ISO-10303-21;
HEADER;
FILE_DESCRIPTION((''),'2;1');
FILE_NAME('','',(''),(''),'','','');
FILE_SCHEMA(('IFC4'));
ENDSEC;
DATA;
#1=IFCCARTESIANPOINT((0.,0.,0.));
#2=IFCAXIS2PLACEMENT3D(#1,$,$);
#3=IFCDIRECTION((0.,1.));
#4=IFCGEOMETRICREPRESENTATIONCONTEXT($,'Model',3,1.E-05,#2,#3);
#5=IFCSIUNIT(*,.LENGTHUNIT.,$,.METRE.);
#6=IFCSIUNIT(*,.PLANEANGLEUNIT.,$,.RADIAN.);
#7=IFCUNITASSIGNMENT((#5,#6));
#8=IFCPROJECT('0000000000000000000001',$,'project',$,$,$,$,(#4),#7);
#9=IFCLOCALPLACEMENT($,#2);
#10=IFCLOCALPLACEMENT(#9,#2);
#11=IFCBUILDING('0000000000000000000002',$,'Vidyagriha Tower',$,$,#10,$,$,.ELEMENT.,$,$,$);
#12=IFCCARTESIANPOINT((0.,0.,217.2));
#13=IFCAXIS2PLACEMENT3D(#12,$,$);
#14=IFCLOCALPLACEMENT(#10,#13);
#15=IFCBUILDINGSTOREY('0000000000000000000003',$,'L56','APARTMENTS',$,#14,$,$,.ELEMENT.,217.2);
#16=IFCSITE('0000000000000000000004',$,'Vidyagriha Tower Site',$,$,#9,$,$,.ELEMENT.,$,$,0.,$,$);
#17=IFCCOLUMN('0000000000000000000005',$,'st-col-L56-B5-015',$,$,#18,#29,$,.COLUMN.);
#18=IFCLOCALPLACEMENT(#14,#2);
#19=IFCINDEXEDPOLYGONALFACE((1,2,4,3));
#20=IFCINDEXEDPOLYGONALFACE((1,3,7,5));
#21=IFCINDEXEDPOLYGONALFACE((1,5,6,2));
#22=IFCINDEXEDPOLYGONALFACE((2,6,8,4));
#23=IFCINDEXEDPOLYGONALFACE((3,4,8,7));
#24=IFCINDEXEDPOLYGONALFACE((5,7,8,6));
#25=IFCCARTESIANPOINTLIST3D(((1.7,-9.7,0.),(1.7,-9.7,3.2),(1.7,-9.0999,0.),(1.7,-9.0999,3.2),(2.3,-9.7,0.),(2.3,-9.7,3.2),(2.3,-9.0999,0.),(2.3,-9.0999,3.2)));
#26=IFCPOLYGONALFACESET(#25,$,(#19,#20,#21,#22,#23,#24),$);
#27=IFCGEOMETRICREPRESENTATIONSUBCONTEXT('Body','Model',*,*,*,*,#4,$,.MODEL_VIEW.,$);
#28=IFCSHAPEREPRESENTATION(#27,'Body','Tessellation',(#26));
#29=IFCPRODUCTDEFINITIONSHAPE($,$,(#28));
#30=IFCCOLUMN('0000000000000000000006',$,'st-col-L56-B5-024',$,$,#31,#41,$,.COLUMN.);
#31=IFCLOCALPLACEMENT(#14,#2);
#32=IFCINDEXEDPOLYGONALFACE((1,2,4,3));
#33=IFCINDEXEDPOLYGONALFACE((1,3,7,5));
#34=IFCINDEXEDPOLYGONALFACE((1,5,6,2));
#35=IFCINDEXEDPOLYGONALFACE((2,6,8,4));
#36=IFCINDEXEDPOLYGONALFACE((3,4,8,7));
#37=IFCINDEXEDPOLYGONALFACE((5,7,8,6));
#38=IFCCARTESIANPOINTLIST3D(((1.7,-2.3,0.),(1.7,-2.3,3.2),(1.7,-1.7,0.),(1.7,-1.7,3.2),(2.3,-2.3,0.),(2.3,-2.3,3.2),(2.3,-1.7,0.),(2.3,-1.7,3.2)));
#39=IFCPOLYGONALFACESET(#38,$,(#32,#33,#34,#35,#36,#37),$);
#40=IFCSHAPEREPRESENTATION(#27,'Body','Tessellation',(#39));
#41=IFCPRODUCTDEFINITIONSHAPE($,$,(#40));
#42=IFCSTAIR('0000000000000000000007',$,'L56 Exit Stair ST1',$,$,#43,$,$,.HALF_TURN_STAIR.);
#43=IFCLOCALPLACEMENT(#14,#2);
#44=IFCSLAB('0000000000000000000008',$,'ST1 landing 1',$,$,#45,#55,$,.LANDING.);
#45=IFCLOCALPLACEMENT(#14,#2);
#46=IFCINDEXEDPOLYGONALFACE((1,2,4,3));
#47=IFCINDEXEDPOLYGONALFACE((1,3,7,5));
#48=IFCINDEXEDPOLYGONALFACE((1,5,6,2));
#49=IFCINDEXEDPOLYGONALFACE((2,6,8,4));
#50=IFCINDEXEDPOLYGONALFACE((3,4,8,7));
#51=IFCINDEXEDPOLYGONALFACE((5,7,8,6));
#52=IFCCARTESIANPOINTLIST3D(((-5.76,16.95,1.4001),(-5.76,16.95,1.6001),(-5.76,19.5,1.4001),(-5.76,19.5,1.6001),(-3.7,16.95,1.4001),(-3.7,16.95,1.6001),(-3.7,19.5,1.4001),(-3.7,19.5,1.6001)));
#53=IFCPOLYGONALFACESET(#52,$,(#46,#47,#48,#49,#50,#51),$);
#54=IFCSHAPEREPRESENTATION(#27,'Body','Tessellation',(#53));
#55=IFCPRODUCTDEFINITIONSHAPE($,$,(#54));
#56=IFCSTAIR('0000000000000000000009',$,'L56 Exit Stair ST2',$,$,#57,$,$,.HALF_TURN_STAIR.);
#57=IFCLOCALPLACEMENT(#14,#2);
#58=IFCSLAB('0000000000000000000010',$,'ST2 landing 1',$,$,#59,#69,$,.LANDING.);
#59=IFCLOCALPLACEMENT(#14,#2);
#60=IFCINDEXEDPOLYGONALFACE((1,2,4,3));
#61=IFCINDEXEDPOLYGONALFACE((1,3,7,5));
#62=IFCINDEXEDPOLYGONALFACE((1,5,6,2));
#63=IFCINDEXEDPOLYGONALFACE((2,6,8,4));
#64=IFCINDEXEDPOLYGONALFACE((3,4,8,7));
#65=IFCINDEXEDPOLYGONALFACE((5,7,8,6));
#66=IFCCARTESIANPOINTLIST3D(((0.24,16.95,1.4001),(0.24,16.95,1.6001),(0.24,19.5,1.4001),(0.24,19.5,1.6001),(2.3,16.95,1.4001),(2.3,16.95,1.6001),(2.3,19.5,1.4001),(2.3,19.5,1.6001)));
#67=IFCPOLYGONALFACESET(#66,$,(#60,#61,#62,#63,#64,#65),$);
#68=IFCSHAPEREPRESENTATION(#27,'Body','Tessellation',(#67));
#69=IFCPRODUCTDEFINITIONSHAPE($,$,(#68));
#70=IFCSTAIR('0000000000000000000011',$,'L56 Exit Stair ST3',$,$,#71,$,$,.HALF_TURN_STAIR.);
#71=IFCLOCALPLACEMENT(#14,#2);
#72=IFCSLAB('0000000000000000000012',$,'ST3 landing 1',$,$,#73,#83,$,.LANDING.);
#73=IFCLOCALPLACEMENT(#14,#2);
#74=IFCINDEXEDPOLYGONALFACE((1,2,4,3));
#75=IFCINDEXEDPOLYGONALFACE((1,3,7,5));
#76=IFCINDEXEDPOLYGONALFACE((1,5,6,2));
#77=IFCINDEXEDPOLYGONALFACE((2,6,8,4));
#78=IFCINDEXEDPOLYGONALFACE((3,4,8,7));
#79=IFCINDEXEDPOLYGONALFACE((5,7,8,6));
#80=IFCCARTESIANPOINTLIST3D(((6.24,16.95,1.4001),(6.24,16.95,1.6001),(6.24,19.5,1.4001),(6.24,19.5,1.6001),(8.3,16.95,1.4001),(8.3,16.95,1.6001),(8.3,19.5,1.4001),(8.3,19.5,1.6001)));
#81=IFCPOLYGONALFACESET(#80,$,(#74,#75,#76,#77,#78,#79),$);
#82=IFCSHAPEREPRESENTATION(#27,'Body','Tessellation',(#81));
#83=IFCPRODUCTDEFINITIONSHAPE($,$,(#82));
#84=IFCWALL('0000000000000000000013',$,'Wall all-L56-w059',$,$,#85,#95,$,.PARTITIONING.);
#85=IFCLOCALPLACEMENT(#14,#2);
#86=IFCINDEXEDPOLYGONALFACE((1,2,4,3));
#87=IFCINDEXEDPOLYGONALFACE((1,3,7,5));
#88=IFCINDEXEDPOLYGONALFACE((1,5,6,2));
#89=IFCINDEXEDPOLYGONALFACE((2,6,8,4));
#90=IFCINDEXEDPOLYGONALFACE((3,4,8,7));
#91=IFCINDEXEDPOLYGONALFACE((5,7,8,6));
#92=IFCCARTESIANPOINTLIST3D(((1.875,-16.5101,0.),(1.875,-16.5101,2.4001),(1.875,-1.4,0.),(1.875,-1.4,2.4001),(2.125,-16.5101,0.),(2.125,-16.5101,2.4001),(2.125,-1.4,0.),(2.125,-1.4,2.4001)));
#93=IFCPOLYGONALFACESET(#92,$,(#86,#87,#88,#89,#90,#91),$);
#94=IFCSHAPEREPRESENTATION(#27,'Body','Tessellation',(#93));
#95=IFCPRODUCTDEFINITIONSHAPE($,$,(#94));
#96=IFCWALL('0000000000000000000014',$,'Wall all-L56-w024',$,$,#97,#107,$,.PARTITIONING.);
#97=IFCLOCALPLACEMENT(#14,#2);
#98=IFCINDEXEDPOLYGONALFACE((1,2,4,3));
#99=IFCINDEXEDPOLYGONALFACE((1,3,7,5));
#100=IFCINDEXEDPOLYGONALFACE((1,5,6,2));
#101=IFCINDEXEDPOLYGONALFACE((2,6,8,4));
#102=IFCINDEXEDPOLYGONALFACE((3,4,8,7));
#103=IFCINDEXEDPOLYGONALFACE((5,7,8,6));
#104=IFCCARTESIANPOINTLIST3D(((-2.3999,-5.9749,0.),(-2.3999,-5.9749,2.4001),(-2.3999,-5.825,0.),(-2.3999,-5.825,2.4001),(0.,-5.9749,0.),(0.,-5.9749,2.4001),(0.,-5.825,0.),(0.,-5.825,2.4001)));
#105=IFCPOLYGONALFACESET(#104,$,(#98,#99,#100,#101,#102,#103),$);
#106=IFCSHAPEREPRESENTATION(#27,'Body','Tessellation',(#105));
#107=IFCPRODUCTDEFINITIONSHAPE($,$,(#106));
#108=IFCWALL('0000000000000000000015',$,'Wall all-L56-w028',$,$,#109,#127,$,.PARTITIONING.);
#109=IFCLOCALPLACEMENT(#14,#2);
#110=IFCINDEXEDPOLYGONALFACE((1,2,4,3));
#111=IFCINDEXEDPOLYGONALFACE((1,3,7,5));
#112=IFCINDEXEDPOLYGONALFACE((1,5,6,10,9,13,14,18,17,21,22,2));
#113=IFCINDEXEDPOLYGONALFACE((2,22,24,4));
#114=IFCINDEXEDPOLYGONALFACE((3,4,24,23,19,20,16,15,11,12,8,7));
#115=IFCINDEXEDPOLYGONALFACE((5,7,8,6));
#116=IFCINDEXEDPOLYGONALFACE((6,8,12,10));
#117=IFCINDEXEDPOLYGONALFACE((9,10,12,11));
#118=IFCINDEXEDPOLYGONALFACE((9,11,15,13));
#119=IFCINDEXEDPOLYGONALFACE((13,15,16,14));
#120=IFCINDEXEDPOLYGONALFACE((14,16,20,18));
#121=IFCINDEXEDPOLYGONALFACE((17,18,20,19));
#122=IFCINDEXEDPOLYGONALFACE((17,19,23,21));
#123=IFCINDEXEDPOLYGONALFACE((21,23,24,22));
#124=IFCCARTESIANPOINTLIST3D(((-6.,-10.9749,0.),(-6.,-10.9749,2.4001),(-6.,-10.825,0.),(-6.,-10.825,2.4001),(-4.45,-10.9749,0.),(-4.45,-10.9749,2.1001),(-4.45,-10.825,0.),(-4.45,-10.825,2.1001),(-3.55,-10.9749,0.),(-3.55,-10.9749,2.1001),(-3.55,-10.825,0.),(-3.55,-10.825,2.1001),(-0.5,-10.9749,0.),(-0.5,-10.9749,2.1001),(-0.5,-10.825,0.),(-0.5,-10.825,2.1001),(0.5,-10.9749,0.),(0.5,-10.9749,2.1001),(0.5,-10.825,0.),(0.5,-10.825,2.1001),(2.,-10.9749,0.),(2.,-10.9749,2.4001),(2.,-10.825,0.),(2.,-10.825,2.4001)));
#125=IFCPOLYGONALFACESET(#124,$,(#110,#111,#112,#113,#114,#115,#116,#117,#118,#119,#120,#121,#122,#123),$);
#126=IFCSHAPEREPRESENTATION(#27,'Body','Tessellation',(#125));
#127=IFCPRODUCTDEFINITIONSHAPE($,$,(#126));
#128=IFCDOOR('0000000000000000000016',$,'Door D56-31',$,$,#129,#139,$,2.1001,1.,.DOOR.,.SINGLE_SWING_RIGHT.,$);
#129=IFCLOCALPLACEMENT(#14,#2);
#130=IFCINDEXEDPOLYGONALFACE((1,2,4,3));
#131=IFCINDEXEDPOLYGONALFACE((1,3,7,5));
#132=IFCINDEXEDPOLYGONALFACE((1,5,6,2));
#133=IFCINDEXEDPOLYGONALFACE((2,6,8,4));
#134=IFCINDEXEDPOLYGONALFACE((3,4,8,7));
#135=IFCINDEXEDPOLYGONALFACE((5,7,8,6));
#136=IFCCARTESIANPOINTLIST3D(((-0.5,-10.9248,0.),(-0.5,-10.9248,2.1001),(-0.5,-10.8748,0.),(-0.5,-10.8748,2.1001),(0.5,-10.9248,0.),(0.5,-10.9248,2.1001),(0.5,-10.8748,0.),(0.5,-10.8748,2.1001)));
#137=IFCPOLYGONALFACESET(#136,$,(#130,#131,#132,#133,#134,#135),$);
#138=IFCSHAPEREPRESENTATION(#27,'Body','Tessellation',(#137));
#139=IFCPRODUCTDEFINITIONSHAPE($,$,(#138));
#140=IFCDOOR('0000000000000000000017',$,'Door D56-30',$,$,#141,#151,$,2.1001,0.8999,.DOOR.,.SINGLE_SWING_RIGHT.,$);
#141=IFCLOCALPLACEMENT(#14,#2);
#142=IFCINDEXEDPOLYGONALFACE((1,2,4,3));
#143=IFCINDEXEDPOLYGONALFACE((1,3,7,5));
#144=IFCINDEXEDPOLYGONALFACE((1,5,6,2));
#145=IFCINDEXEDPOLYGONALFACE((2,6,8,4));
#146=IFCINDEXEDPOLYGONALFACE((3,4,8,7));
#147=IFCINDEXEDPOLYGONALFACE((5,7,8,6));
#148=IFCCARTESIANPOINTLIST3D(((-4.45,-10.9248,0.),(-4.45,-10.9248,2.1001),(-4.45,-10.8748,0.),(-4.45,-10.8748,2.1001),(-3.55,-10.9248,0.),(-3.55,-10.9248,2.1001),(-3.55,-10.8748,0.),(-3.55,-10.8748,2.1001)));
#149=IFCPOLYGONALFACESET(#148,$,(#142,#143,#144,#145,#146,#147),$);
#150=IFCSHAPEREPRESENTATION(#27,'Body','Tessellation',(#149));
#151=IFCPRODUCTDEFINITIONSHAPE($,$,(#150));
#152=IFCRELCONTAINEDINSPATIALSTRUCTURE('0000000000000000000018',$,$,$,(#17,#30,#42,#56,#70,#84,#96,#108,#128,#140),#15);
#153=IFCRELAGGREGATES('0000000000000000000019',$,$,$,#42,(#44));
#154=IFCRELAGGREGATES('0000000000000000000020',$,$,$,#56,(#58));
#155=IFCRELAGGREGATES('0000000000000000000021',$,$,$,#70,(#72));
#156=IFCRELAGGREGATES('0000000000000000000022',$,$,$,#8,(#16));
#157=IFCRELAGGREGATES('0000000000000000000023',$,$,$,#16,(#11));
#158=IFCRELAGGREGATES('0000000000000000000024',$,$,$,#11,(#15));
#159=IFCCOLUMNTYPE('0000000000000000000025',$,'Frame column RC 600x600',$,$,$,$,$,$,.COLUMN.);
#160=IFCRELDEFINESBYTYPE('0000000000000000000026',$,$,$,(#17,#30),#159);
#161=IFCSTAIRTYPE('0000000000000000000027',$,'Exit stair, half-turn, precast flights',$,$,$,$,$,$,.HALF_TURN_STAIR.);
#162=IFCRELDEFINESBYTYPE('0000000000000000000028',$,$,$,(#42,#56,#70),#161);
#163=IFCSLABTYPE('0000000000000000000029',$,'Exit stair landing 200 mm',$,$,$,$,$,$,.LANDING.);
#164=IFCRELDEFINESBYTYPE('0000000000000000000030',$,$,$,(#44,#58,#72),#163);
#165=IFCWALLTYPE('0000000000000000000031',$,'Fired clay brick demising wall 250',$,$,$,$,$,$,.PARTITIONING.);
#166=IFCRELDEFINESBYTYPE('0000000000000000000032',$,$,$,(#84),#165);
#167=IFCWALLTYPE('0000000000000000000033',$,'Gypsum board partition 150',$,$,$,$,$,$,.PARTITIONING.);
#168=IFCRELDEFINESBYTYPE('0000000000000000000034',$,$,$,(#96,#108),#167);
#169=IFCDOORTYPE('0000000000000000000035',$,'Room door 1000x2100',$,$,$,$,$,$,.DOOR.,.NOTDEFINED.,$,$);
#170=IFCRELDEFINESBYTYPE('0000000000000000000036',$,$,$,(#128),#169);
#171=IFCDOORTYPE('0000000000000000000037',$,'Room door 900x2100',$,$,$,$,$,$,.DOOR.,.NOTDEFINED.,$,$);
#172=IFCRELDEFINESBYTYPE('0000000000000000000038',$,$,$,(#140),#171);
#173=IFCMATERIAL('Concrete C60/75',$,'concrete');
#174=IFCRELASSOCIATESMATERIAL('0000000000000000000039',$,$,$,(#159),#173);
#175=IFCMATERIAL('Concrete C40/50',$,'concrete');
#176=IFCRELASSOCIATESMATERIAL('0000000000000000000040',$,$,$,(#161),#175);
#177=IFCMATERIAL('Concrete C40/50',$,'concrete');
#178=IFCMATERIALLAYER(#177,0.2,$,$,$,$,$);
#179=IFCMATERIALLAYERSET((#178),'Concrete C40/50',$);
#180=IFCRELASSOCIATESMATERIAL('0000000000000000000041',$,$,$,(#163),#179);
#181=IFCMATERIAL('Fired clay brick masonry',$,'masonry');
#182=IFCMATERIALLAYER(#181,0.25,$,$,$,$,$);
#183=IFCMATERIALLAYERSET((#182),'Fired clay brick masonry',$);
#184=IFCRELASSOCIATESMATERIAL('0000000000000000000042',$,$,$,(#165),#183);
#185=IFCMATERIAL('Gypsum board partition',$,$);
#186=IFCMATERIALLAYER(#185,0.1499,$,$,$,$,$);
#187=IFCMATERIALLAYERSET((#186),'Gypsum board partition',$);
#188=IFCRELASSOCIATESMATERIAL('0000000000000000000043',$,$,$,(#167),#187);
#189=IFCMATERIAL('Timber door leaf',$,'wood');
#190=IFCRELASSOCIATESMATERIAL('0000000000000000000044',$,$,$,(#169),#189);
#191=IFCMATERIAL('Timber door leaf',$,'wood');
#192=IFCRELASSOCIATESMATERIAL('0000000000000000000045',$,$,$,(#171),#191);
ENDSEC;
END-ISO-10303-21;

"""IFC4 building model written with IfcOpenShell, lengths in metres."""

from ifc_helpers import new_model, si_unit, direction, frame, frame_2d, origin, origin_2d, place, context, subcontext, project, spatial, polyline, rectangle, outline, extrude, material, layer, layer_set, material_profile, profile_set, type_object, element, fill, aggregate, save


model = new_model("IFC4")

# Units and contexts
model_context = context("Model", 3, precision=1e-05, world=origin(), true_north=direction((0.0, 1.0)))
body_context = subcontext(model_context, "Body", "Model", "MODEL_VIEW")
ifc_project = project(units=[si_unit("LENGTHUNIT", "METRE"), si_unit("PLANEANGLEUNIT", "RADIAN")], contexts=[model_context])

# Site, building, storey
site_placement = place(None, origin())
site = spatial("IfcSite", under=ifc_project, at=site_placement, Name="Vidyagriha Tower Site", CompositionType="ELEMENT", RefElevation=0.0)
building_placement = place(site_placement, origin())
building = spatial("IfcBuilding", under=site, at=building_placement, Name="Vidyagriha Tower", CompositionType="ELEMENT")
storey_placement = place(building_placement, frame((0.0, 0.0, 217.2)))
storey = spatial("IfcBuildingStorey", under=building, at=storey_placement, Name="L56", Description="APARTMENTS", CompositionType="ELEMENT", Elevation=217.2)

# Columns
ifc_material_1 = material(Name="Concrete C60/75", Category="concrete")
ifc_material_profile = material_profile(ifc_material_1, rectangle(XDim=0.6001, YDim=0.6001, at=origin_2d()), Name="RC 600x600")
ifc_profile_set = profile_set([ifc_material_profile], Name="Concrete C60/75")
column_type = type_object("IfcColumnType", Name="Frame column RC 600x600", PredefinedType="COLUMN", material=ifc_profile_set)
for number, where, name in (
    (1, (2.0, -9.3999, 0.0), "st-col-L56-B5-015"),
    (2, (2.0, -2.0, 0.0), "st-col-L56-B5-024"),
):
    element("IfcColumn", number, at=place(storey_placement, frame(where)), inside=storey, type_object=column_type, Name=name, PredefinedType="COLUMN", context=body_context, shape_type="SweptSolid", body=[
        extrude(rectangle(XDim=0.6001, YDim=0.6001, at=origin_2d()), origin(), (0.0, 0.0, 1.0), 3.2),
    ])

# Stairs, slabs
ifc_material_2 = material(Name="Concrete C40/50", Category="concrete")
stair_type = type_object("IfcStairType", Name="Exit stair, half-turn, precast flights", PredefinedType="HALF_TURN_STAIR", material=ifc_material_2)
stair_1_placement = place(storey_placement, origin())
stair_1 = element("IfcStair", 3, at=stair_1_placement, inside=storey, type_object=stair_type, Name="L56 Exit Stair ST1", PredefinedType="HALF_TURN_STAIR")
ifc_material_3 = material(Name="Concrete C40/50", Category="concrete")
ifc_layer_1 = layer(ifc_material_3, 0.2)
ifc_layer_set_1 = layer_set([ifc_layer_1], Name="Concrete C40/50")
slab_type = type_object("IfcSlabType", Name="Exit stair landing 200 mm", PredefinedType="LANDING", material=ifc_layer_set_1)
slab_1_placement = place(storey_placement, frame((0.0, 0.0, 1.4001)))
slab_1 = element("IfcSlab", 4, at=slab_1_placement, type_object=slab_type, Name="ST1 landing 1", PredefinedType="LANDING", context=body_context, shape_type="SweptSolid", body=[
    extrude(outline(polyline([(-5.76, 16.95), (-3.7, 16.95), (-3.7, 19.5), (-5.76, 19.5), (-5.76, 16.95)])), origin(), (0.0, 0.0, 1.0), 0.2),
])
aggregate(stair_1, [slab_1])
stair_2_placement = place(storey_placement, origin())
stair_2 = element("IfcStair", 5, at=stair_2_placement, inside=storey, type_object=stair_type, Name="L56 Exit Stair ST2", PredefinedType="HALF_TURN_STAIR")
slab_2_placement = place(storey_placement, frame((0.0, 0.0, 1.4001)))
slab_2 = element("IfcSlab", 6, at=slab_2_placement, type_object=slab_type, Name="ST2 landing 1", PredefinedType="LANDING", context=body_context, shape_type="SweptSolid", body=[
    extrude(outline(polyline([(0.24, 16.95), (2.3, 16.95), (2.3, 19.5), (0.24, 19.5), (0.24, 16.95)])), origin(), (0.0, 0.0, 1.0), 0.2),
])
aggregate(stair_2, [slab_2])
stair_3_placement = place(storey_placement, origin())
stair_3 = element("IfcStair", 7, at=stair_3_placement, inside=storey, type_object=stair_type, Name="L56 Exit Stair ST3", PredefinedType="HALF_TURN_STAIR")
slab_3_placement = place(storey_placement, frame((0.0, 0.0, 1.4001)))
slab_3 = element("IfcSlab", 8, at=slab_3_placement, type_object=slab_type, Name="ST3 landing 1", PredefinedType="LANDING", context=body_context, shape_type="SweptSolid", body=[
    extrude(outline(polyline([(6.24, 16.95), (8.3, 16.95), (8.3, 19.5), (6.24, 19.5), (6.24, 16.95)])), origin(), (0.0, 0.0, 1.0), 0.2),
])
aggregate(stair_3, [slab_3])

# Walls
ifc_material_4 = material(Name="Fired clay brick masonry", Category="masonry")
ifc_layer_2 = layer(ifc_material_4, 0.25)
ifc_layer_set_2 = layer_set([ifc_layer_2], Name="Fired clay brick masonry")
wall_type_1 = type_object("IfcWallType", Name="Fired clay brick demising wall 250", PredefinedType="PARTITIONING", material=ifc_layer_set_2)
wall_1_placement = place(storey_placement, frame((2.0, -1.3999, 0.0), z_axis=(0.0, 0.0, 1.0), x_axis=(0.0, -1.0, 0.0)))
element("IfcWall", 9, at=wall_1_placement, inside=storey, type_object=wall_type_1, Name="Wall all-L56-w059", PredefinedType="PARTITIONING", context=body_context, shape_type="SweptSolid", body=[
    extrude(rectangle(XDim=15.1101, YDim=0.25, at=frame_2d((7.5552, 0.0))), origin(), (0.0, 0.0, 1.0), 2.4001),
])
ifc_material_5 = material(Name="Gypsum board partition")
ifc_layer_3 = layer(ifc_material_5, 0.1499)
ifc_layer_set_3 = layer_set([ifc_layer_3], Name="Gypsum board partition")
wall_type_2 = type_object("IfcWallType", Name="Gypsum board partition 150", PredefinedType="PARTITIONING", material=ifc_layer_set_3)
wall_2_placement = place(storey_placement, frame((0.0, -5.8999, 0.0), z_axis=(0.0, 0.0, 1.0), x_axis=(-1.0, 0.0, 0.0)))
element("IfcWall", 10, at=wall_2_placement, inside=storey, type_object=wall_type_2, Name="Wall all-L56-w024", PredefinedType="PARTITIONING", context=body_context, shape_type="SweptSolid", body=[
    extrude(rectangle(XDim=2.3999, YDim=0.1499, at=frame_2d((1.2, 0.0))), origin(), (0.0, 0.0, 1.0), 2.4001),
])

# Wall, openings, doors
wall_3_placement = place(storey_placement, frame((2.0, -10.8999, 0.0), z_axis=(0.0, 0.0, 1.0), x_axis=(-1.0, 0.0, 0.0)))
wall_3 = element("IfcWall", 11, at=wall_3_placement, inside=storey, type_object=wall_type_2, Name="Wall all-L56-w028", PredefinedType="PARTITIONING", context=body_context, shape_type="SweptSolid", body=[
    extrude(rectangle(XDim=8.0, YDim=0.1499, at=frame_2d((4.0, 0.0))), origin(), (0.0, 0.0, 1.0), 2.4001),
])
opening_1_placement = place(wall_3_placement, frame((5.55, 0.0, 0.0)))
opening_1 = element("IfcOpeningElement", 12, at=opening_1_placement, cuts=wall_3, PredefinedType="OPENING", context=body_context, shape_type="SweptSolid", body=[
    extrude(rectangle(XDim=0.8999, YDim=2.1001, at=frame_2d((0.45, 1.05))), frame((0.0, 0.085, 0.0), z_axis=(0.0, -1.0, 0.0), x_axis=(1.0, 0.0, 0.0)), (0.0, 0.0, 1.0), 0.1699),
])
opening_2_placement = place(wall_3_placement, frame((1.5, 0.0, 0.0)))
opening_2 = element("IfcOpeningElement", 13, at=opening_2_placement, cuts=wall_3, PredefinedType="OPENING", context=body_context, shape_type="SweptSolid", body=[
    extrude(rectangle(XDim=1.0, YDim=2.1001, at=frame_2d((0.5, 1.05))), frame((0.0, 0.085, 0.0), z_axis=(0.0, -1.0, 0.0), x_axis=(1.0, 0.0, 0.0)), (0.0, 0.0, 1.0), 0.1699),
])
ifc_material_6 = material(Name="Timber door leaf", Category="wood")
door_type_1 = type_object("IfcDoorType", Name="Room door 1000x2100", OperationType="NOTDEFINED", PredefinedType="DOOR", material=ifc_material_6)
door_1_placement = place(opening_2_placement, origin())
door_1 = element("IfcDoor", 14, at=door_1_placement, inside=storey, type_object=door_type_1, Name="Door D56-31", OperationType="SINGLE_SWING_RIGHT", OverallHeight=2.1001, OverallWidth=1.0, PredefinedType="DOOR", context=body_context, shape_type="SweptSolid", body=[
    extrude(rectangle(XDim=1.0, YDim=2.1001, at=frame_2d((0.5, 1.05))), frame((0.0, 0.0249, 0.0), z_axis=(0.0, -1.0, 0.0), x_axis=(1.0, 0.0, 0.0)), (0.0, 0.0, 1.0), 0.05),
])
fill(opening_2, door_1)
ifc_material_7 = material(Name="Timber door leaf", Category="wood")
door_type_2 = type_object("IfcDoorType", Name="Room door 900x2100", OperationType="NOTDEFINED", PredefinedType="DOOR", material=ifc_material_7)
door_2_placement = place(opening_1_placement, origin())
door_2 = element("IfcDoor", 15, at=door_2_placement, inside=storey, type_object=door_type_2, Name="Door D56-30", OperationType="SINGLE_SWING_RIGHT", OverallHeight=2.1001, OverallWidth=0.8999, PredefinedType="DOOR", context=body_context, shape_type="SweptSolid", body=[
    extrude(rectangle(XDim=0.8999, YDim=2.1001, at=frame_2d((0.45, 1.05))), frame((0.0, 0.0249, 0.0), z_axis=(0.0, -1.0, 0.0), x_axis=(1.0, 0.0, 0.0)), (0.0, 0.0, 1.0), 0.05),
])
fill(opening_1, door_2)

save(model, "model.ifc")
